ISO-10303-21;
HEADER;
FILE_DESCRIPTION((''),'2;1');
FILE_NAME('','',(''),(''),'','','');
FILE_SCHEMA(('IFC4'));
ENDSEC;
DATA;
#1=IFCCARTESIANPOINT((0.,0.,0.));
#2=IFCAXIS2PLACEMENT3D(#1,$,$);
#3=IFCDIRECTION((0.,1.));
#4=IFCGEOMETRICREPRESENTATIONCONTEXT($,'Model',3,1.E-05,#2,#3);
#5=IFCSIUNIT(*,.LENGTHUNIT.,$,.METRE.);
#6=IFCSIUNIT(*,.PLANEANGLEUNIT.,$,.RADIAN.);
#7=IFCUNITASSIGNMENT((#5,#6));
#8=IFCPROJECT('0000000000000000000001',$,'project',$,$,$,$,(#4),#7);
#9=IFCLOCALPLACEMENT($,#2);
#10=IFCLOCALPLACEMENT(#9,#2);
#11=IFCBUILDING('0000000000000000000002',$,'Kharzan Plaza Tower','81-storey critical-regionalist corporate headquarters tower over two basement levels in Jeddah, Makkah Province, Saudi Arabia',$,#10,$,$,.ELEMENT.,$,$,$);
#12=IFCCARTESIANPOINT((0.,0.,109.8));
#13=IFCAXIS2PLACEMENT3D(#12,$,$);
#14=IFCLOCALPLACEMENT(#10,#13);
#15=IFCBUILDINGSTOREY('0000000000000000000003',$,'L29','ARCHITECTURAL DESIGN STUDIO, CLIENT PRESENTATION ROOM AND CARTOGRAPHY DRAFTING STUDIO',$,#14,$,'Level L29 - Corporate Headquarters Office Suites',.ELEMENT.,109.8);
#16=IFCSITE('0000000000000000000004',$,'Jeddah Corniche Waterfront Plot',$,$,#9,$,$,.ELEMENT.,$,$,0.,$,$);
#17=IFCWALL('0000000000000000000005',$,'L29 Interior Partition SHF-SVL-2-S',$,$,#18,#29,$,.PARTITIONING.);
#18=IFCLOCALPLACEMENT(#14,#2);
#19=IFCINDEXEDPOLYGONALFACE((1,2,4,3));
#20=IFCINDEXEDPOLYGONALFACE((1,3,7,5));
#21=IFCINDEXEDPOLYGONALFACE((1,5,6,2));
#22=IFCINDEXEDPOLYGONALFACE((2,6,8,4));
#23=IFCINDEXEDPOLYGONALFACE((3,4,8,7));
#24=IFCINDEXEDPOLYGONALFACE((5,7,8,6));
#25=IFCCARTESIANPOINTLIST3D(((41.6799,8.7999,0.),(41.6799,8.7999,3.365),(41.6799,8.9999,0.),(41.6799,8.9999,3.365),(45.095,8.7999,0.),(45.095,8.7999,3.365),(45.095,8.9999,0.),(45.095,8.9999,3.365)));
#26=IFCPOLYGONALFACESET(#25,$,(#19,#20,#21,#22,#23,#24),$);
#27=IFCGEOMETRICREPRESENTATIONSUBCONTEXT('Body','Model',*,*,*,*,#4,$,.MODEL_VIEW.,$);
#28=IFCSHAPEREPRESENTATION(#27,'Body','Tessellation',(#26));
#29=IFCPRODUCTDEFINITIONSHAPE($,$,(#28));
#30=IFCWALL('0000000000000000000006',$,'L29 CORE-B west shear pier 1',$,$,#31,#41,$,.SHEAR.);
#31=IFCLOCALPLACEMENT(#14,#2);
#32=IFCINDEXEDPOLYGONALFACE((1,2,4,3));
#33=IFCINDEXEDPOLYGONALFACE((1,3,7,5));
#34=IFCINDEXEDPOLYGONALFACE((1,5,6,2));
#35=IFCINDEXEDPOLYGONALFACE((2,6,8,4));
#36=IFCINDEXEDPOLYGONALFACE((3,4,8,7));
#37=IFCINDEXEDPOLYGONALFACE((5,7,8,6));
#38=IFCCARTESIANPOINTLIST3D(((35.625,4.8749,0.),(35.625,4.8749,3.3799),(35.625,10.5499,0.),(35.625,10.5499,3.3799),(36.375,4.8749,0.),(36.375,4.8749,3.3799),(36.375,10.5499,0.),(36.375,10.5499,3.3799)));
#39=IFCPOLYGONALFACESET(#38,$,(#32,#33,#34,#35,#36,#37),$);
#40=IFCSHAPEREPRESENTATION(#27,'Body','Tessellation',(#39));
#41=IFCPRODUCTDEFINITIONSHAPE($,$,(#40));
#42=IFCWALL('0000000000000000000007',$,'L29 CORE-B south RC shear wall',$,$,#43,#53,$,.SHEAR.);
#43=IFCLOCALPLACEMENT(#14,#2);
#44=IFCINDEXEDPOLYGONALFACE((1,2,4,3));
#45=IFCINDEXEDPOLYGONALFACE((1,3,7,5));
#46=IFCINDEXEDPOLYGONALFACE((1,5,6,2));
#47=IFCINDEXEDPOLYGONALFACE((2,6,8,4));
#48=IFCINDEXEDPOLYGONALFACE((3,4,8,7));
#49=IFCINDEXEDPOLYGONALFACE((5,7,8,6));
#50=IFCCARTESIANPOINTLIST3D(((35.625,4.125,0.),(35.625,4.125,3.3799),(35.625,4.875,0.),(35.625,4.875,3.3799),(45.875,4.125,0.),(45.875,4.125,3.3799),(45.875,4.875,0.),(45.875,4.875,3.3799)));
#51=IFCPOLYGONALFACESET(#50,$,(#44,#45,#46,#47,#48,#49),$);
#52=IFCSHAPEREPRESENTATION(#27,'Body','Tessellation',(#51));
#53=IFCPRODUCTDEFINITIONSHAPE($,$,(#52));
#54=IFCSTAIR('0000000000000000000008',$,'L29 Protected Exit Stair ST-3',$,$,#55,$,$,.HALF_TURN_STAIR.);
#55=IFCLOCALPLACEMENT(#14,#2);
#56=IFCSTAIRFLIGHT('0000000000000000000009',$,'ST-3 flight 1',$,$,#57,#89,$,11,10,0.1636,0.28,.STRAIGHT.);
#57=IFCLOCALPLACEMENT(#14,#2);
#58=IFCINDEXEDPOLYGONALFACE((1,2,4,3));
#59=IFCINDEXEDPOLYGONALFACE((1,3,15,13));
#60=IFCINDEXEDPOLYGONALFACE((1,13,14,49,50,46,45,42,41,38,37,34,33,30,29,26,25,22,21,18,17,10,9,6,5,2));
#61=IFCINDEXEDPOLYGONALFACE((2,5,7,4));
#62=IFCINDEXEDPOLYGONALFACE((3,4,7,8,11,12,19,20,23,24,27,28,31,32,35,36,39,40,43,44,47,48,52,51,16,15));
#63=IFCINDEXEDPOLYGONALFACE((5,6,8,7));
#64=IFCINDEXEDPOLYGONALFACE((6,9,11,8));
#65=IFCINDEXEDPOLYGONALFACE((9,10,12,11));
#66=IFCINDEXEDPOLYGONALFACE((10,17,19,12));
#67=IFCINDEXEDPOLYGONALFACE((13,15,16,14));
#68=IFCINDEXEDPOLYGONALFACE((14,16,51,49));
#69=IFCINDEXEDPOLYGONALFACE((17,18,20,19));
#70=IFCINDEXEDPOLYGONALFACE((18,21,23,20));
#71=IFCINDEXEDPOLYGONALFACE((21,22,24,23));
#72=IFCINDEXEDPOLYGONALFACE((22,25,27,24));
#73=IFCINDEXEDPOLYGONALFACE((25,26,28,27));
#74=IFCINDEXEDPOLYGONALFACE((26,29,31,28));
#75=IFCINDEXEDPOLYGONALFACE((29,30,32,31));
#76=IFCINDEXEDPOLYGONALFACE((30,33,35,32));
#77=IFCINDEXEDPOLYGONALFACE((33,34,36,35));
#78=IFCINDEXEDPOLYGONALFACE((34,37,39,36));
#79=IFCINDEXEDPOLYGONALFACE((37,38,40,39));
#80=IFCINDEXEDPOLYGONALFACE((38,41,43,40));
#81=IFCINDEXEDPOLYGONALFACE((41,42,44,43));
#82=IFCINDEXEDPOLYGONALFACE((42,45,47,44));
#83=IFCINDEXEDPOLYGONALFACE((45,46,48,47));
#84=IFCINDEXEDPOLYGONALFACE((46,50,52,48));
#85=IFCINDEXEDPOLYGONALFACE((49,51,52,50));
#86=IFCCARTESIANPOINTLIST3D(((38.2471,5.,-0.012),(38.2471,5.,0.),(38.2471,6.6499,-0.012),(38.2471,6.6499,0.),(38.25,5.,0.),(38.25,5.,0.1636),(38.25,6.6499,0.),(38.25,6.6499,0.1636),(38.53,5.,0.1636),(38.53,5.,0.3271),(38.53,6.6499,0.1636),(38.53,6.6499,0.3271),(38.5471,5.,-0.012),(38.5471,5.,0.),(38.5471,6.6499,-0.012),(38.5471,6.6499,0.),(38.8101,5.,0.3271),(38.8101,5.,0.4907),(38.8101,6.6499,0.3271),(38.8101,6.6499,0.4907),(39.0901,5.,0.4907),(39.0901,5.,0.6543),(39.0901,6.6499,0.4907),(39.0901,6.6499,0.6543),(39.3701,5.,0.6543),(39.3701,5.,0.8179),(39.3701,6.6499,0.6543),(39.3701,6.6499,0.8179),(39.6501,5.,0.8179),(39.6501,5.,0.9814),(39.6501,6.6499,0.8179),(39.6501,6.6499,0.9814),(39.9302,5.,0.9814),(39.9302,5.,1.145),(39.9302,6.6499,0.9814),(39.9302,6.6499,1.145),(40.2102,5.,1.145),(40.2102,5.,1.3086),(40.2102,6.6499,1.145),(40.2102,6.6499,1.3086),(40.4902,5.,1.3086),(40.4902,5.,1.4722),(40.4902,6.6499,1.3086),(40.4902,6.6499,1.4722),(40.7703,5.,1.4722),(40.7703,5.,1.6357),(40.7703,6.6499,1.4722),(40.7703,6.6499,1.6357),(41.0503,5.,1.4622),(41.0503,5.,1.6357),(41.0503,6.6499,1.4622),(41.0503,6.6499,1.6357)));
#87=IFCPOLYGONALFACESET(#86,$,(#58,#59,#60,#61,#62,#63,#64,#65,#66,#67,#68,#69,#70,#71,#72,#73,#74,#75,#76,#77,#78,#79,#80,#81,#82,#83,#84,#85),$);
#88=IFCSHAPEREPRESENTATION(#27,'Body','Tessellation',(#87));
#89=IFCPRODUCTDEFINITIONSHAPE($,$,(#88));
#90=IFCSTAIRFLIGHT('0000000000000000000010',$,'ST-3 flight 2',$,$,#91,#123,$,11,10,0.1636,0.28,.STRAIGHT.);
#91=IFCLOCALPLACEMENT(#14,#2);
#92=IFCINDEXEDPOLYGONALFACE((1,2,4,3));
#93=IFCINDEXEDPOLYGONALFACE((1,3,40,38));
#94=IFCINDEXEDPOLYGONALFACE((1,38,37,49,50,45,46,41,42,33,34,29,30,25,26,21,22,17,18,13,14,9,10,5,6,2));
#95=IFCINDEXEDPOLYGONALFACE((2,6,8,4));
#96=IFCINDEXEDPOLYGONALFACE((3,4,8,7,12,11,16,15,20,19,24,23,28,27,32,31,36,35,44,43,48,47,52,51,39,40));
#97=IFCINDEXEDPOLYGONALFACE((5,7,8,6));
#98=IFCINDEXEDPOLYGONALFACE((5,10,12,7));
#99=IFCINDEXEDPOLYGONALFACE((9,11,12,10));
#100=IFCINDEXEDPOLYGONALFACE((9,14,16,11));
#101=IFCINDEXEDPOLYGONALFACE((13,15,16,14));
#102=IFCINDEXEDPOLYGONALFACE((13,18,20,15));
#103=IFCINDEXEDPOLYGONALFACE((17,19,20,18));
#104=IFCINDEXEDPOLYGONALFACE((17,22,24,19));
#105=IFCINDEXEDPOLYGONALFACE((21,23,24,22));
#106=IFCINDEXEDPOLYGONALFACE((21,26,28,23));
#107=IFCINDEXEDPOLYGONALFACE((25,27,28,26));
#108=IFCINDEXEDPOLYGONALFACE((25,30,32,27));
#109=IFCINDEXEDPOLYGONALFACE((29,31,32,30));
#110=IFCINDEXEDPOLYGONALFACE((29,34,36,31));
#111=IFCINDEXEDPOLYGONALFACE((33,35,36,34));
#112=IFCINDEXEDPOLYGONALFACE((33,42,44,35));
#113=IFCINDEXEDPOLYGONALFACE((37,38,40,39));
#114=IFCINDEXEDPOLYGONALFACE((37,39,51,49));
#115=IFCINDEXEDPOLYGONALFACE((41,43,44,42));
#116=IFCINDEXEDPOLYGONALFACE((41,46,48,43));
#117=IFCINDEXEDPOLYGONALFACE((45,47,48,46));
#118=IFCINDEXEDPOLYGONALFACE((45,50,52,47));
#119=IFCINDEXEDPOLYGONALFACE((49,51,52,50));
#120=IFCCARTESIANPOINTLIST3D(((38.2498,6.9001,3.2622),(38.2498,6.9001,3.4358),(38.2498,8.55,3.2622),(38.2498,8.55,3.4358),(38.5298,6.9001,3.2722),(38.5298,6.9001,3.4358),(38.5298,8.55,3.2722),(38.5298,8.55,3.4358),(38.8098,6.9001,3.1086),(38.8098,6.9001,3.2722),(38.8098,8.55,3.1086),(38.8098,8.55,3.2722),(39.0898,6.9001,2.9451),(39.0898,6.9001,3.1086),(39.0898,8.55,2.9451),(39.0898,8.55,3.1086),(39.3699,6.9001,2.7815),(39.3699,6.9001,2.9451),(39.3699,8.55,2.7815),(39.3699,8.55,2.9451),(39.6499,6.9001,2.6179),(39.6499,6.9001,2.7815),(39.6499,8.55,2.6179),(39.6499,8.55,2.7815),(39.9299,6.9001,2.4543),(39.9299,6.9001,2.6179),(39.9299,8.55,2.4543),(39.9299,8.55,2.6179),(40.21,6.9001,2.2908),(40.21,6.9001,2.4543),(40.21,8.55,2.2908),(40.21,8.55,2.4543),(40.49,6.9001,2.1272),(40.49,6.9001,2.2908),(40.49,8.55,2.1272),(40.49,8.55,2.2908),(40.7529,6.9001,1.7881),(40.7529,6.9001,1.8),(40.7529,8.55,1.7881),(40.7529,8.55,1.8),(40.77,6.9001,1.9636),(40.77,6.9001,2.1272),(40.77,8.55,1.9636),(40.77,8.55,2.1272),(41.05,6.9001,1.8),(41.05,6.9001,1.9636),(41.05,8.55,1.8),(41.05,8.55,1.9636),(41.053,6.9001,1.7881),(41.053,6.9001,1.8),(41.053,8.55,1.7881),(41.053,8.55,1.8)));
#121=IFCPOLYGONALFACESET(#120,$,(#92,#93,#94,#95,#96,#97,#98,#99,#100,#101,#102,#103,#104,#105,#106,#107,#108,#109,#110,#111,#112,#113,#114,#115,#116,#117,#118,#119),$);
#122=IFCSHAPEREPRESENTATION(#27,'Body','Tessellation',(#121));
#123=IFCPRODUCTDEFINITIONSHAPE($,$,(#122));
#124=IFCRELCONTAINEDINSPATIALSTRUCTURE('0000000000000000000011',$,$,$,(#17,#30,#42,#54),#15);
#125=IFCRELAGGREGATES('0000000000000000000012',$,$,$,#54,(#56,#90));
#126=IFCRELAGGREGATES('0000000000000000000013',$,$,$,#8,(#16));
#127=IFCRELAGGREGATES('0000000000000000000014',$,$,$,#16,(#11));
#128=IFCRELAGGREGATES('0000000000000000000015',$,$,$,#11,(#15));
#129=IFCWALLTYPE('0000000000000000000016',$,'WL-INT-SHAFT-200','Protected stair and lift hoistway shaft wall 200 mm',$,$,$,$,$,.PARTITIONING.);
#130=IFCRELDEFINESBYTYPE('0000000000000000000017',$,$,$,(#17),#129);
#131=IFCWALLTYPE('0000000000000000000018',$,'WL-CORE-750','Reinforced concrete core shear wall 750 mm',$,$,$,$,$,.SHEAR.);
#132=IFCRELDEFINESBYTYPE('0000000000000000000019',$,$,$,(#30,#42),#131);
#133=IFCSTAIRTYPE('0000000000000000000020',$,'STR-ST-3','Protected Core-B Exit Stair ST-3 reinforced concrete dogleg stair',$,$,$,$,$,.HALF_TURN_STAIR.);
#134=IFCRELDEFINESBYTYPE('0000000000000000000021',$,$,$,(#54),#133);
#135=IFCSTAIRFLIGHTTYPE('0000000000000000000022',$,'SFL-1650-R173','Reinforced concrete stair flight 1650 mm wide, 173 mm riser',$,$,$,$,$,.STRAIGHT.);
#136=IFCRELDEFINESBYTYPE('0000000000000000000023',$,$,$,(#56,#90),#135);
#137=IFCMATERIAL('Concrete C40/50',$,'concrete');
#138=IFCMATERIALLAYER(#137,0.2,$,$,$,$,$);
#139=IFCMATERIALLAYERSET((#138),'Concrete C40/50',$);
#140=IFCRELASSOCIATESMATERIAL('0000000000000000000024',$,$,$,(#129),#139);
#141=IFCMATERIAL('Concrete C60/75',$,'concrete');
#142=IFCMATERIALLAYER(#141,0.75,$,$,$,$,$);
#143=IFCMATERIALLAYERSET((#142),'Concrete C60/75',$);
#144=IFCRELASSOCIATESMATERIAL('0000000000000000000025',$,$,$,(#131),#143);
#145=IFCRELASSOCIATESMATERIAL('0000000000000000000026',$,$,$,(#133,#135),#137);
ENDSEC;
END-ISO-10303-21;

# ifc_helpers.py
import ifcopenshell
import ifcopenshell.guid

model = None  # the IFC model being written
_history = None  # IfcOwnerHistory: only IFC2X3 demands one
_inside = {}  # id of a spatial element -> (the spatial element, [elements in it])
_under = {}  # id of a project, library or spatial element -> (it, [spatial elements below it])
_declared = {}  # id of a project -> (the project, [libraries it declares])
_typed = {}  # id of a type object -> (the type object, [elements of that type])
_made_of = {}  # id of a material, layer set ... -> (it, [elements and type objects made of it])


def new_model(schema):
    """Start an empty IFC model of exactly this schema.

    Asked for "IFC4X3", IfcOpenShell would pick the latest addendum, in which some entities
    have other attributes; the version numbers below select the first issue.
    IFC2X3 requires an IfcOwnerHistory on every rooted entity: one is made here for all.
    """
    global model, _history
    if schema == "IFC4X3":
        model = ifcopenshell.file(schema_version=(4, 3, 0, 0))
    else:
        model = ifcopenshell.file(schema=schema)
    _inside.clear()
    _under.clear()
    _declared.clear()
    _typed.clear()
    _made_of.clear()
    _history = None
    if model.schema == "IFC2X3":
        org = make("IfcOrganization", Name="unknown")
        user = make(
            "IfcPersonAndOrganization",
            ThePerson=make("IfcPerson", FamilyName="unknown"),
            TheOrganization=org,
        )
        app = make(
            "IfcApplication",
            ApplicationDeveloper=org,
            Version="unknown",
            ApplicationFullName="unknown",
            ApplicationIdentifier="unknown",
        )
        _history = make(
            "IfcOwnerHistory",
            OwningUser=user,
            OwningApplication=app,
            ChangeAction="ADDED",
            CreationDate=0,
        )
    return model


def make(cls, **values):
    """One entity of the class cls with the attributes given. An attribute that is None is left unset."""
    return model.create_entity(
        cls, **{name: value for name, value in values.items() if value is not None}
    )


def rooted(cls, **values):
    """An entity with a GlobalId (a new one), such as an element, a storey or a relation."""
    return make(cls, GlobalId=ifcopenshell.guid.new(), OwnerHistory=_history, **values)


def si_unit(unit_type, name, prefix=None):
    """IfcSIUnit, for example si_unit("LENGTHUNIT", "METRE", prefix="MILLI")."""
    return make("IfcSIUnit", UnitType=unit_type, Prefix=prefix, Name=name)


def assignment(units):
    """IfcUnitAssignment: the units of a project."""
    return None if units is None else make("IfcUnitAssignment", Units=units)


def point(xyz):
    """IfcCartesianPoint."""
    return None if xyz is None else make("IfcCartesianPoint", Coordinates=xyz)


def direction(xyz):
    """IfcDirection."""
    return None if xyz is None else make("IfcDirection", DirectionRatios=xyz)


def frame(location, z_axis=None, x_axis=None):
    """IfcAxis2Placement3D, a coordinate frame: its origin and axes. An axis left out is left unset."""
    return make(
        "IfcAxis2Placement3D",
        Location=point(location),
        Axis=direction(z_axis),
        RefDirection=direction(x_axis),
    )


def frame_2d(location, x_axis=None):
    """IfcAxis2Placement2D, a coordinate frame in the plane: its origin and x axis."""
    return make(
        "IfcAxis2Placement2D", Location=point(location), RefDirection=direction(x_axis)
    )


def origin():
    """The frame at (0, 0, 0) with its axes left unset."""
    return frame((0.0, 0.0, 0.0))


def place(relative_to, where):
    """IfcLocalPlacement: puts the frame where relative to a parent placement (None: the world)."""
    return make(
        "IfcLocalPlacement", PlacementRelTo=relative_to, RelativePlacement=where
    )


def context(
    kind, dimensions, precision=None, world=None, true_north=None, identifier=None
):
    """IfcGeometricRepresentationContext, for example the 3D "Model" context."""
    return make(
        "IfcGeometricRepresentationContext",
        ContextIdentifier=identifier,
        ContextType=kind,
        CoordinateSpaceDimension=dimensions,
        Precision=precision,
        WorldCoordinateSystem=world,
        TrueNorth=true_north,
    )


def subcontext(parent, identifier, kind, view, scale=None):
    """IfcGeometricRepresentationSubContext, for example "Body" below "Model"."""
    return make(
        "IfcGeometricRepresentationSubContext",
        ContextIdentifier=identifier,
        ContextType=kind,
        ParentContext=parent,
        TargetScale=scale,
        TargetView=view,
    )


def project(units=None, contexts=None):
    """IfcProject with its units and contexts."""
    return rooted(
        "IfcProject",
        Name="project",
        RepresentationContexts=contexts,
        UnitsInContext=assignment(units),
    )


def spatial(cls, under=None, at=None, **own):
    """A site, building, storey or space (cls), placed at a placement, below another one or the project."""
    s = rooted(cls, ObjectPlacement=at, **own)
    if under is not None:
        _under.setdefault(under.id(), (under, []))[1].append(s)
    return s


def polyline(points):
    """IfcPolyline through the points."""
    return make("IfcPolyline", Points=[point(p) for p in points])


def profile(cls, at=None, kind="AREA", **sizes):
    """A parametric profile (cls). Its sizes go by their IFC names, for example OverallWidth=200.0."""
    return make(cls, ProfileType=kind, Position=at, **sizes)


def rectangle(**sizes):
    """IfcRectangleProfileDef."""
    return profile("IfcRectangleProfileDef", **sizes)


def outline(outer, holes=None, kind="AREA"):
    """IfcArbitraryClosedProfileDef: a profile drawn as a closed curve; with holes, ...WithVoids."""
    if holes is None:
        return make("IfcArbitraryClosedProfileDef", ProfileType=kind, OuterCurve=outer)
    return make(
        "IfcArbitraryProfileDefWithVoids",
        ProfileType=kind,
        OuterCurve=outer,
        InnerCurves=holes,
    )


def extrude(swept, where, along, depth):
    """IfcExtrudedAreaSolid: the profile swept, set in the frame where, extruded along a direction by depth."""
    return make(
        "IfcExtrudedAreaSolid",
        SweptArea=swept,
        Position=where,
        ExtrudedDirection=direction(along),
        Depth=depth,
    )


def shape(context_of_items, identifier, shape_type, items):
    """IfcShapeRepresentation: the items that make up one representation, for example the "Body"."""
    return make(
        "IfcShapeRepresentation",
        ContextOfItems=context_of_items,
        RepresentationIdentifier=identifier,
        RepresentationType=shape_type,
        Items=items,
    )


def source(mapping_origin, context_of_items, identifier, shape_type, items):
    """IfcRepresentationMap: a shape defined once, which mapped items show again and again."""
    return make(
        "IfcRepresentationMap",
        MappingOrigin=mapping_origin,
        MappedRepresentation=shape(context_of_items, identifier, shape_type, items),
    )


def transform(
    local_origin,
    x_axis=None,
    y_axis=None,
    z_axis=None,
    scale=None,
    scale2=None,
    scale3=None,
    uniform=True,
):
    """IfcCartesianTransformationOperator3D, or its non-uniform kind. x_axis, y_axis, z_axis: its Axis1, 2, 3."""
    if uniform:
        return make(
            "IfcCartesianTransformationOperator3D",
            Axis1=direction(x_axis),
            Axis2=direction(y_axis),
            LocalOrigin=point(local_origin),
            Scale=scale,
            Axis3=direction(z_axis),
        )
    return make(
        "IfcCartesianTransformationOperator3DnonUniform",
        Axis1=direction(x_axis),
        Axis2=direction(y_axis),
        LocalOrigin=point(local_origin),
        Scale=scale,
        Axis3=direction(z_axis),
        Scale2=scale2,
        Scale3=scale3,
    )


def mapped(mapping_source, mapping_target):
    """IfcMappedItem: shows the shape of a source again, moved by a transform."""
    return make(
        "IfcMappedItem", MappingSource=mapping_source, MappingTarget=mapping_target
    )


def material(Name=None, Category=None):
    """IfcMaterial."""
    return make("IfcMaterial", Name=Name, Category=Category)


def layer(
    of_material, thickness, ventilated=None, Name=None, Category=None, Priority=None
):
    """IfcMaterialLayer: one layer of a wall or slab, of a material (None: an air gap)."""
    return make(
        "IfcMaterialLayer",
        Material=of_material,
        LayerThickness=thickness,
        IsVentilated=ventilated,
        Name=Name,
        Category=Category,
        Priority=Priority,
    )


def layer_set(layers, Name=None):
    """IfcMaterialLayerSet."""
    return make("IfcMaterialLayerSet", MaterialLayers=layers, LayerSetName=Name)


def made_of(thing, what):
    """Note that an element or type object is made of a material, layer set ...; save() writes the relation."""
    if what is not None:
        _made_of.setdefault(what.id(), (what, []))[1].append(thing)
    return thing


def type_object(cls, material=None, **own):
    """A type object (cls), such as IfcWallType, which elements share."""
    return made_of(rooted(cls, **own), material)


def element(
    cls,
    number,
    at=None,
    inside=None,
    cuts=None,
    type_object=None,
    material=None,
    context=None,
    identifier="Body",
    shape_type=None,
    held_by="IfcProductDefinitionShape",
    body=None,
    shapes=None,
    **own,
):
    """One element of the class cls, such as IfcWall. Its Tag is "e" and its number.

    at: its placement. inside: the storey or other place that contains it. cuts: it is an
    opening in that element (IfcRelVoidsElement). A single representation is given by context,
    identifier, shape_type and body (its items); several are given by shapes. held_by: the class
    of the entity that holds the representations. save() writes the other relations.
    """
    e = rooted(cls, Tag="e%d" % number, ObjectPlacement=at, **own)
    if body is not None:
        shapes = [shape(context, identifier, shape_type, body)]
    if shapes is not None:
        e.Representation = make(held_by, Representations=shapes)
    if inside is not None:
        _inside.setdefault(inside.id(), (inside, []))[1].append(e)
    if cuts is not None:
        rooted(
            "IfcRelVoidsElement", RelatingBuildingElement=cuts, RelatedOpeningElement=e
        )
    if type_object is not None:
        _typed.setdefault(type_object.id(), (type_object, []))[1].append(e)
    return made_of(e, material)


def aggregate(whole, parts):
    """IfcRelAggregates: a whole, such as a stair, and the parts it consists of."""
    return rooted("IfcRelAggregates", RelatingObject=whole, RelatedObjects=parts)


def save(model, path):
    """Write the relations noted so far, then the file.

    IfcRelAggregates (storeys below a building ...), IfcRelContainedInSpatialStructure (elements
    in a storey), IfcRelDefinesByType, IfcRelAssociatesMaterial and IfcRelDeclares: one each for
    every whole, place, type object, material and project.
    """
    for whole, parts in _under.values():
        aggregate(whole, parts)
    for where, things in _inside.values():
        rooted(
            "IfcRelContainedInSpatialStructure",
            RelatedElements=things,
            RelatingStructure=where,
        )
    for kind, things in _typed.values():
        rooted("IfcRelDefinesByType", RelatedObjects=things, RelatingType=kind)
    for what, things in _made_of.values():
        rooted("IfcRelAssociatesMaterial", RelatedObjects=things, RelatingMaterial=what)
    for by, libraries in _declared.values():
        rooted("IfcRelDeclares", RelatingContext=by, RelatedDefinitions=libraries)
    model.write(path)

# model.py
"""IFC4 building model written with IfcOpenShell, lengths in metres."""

from ifc_helpers import new_model, si_unit, direction, frame, frame_2d, origin, place, context, subcontext, project, spatial, polyline, rectangle, outline, extrude, source, transform, mapped, material, layer, layer_set, type_object, element, aggregate, save


model = new_model("IFC4")

# Units and contexts
model_context = context("Model", 3, precision=1e-05, world=origin(), true_north=direction((0.0, 1.0)))
body_context = subcontext(model_context, "Body", "Model", "MODEL_VIEW")
ifc_project = project(units=[si_unit("LENGTHUNIT", "METRE"), si_unit("PLANEANGLEUNIT", "RADIAN")], contexts=[model_context])

# Site, building, storey
site_placement = place(None, origin())
site = spatial("IfcSite", under=ifc_project, at=site_placement, Name="Jeddah Corniche Waterfront Plot", CompositionType="ELEMENT", RefElevation=0.0)
building_placement = place(site_placement, origin())
building = spatial("IfcBuilding", under=site, at=building_placement, Name="Kharzan Plaza Tower", Description="81-storey critical-regionalist corporate headquarters tower over two basement levels in Jeddah, Makkah Province, Saudi Arabia", CompositionType="ELEMENT")
storey_placement = place(building_placement, frame((0.0, 0.0, 109.8)))
storey = spatial("IfcBuildingStorey", under=building, at=storey_placement, Name="L29", Description="ARCHITECTURAL DESIGN STUDIO, CLIENT PRESENTATION ROOM AND CARTOGRAPHY DRAFTING STUDIO", LongName="Level L29 - Corporate Headquarters Office Suites", CompositionType="ELEMENT", Elevation=109.8)

# Shared definitions
ifc_material_1 = material(Name="Concrete C60/75", Category="concrete")

# Shared definitions
ifc_material_2 = material(Name="Concrete C40/50", Category="concrete")

# Shared definitions
ifc_layer_1 = layer(ifc_material_2, 0.2)
ifc_layer_set_1 = layer_set([ifc_layer_1], Name="Concrete C40/50")
wall_type_1 = type_object("IfcWallType", Name="WL-INT-SHAFT-200", Description="Protected stair and lift hoistway shaft wall 200 mm", PredefinedType="PARTITIONING", material=ifc_layer_set_1)

# Walls
shared_shape_1 = source(origin(), body_context, "Body", "SweptSolid", [
    extrude(rectangle(XDim=3.415, YDim=0.2, at=frame_2d((1.7075, 0.0))), origin(), (0.0, 0.0, 1.0), 3.365),
])
wall_1_placement = place(storey_placement, frame((41.6799, 8.8999, 0.0), z_axis=(0.0, 0.0, 1.0), x_axis=(1.0, 0.0, 0.0)))
element("IfcWall", 1, at=wall_1_placement, inside=storey, type_object=wall_type_1, Name="L29 Interior Partition SHF-SVL-2-S", PredefinedType="PARTITIONING", context=body_context, shape_type="MappedRepresentation", body=[
    mapped(shared_shape_1, transform((0.0, 0.0, 0.0), x_axis=(1.0, 0.0, 0.0), y_axis=(0.0, 1.0, 0.0), z_axis=(0.0, 0.0, 1.0))),
])
ifc_layer_2 = layer(ifc_material_1, 0.75)
ifc_layer_set_2 = layer_set([ifc_layer_2], Name="Concrete C60/75")
wall_type_2 = type_object("IfcWallType", Name="WL-CORE-750", Description="Reinforced concrete core shear wall 750 mm", PredefinedType="SHEAR", material=ifc_layer_set_2)
shared_shape_2 = source(origin(), body_context, "Body", "SweptSolid", [
    extrude(rectangle(XDim=5.675, YDim=0.75, at=frame_2d((2.8374, 0.0))), origin(), (0.0, 0.0, 1.0), 3.3799),
])
wall_2_placement = place(storey_placement, frame((36.0, 4.875, 0.0), z_axis=(0.0, 0.0, 1.0), x_axis=(0.0, 1.0, 0.0)))
element("IfcWall", 2, at=wall_2_placement, inside=storey, type_object=wall_type_2, Name="L29 CORE-B west shear pier 1", PredefinedType="SHEAR", context=body_context, shape_type="MappedRepresentation", body=[
    mapped(shared_shape_2, transform((0.0, 0.0, 0.0), x_axis=(1.0, 0.0, 0.0), y_axis=(0.0, 1.0, 0.0), z_axis=(0.0, 0.0, 1.0))),
])
shared_shape_3 = source(origin(), body_context, "Body", "SweptSolid", [
    extrude(rectangle(XDim=10.25, YDim=0.75, at=frame_2d((5.125, 0.0))), origin(), (0.0, 0.0, 1.0), 3.3799),
])
wall_3_placement = place(storey_placement, frame((35.625, 4.5, 0.0), z_axis=(0.0, 0.0, 1.0), x_axis=(1.0, 0.0, 0.0)))
element("IfcWall", 3, at=wall_3_placement, inside=storey, type_object=wall_type_2, Name="L29 CORE-B south RC shear wall", PredefinedType="SHEAR", context=body_context, shape_type="MappedRepresentation", body=[
    mapped(shared_shape_3, transform((0.0, 0.0, 0.0), x_axis=(1.0, 0.0, 0.0), y_axis=(0.0, 1.0, 0.0), z_axis=(0.0, 0.0, 1.0))),
])

# Stair, stair flights
stair_type = type_object("IfcStairType", Name="STR-ST-3", Description="Protected Core-B Exit Stair ST-3 reinforced concrete dogleg stair", PredefinedType="HALF_TURN_STAIR", material=ifc_material_2)
stair_placement = place(storey_placement, origin())
stair = element("IfcStair", 4, at=stair_placement, inside=storey, type_object=stair_type, Name="L29 Protected Exit Stair ST-3", PredefinedType="HALF_TURN_STAIR")
stair_flight_type = type_object("IfcStairFlightType", Name="SFL-1650-R173", Description="Reinforced concrete stair flight 1650 mm wide, 173 mm riser", PredefinedType="STRAIGHT", material=ifc_material_2)
shared_shape_4 = source(origin(), body_context, "Body", "SweptSolid", [
    extrude(outline(polyline([(-0.0029, -0.012), (-0.0029, 0.0), (0.0, 0.0), (0.0, 0.1636), (0.28, 0.1636), (0.28, 0.3271), (0.5601, 0.3271), (0.5601, 0.4907), (0.8401, 0.4907), (0.8401, 0.6543), (1.1201, 0.6543), (1.1201, 0.8179), (1.4001, 0.8179), (1.4001, 0.9814), (1.6802, 0.9814), (1.6802, 1.145), (1.9602, 1.145), (1.9602, 1.3086), (2.2402, 1.3086), (2.2402, 1.4722), (2.5203, 1.4722), (2.5203, 1.6357), (2.8003, 1.6357), (2.8003, 1.7993), (2.8003, 1.4622), (0.2971, 0.0), (0.2971, -0.012), (-0.0029, -0.012)])), frame((0.0, 0.825, 0.0), z_axis=(0.0, -1.0, 0.0), x_axis=(1.0, 0.0, 0.0)), (0.0, 0.0, 1.0), 1.6499),
])
stair_flight_1_placement = place(storey_placement, frame((38.25, 5.825, 0.0), z_axis=(0.0, 0.0, 1.0), x_axis=(1.0, 0.0, 0.0)))
stair_flight_1 = element("IfcStairFlight", 5, at=stair_flight_1_placement, type_object=stair_flight_type, Name="ST-3 flight 1", NumberOfRisers=11, NumberOfTreads=10, PredefinedType="STRAIGHT", RiserHeight=0.1636, TreadLength=0.28, context=body_context, shape_type="MappedRepresentation", body=[
    mapped(shared_shape_4, transform((0.0, 0.0, 0.0), x_axis=(1.0, 0.0, 0.0), y_axis=(0.0, 1.0, 0.0), z_axis=(0.0, 0.0, 1.0))),
])
stair_flight_2_placement = place(storey_placement, frame((41.05, 7.7251, 1.8), z_axis=(0.0, 0.0, 1.0), x_axis=(-1.0, 0.0, 0.0)))
stair_flight_2 = element("IfcStairFlight", 6, at=stair_flight_2_placement, type_object=stair_flight_type, Name="ST-3 flight 2", NumberOfRisers=11, NumberOfTreads=10, PredefinedType="STRAIGHT", RiserHeight=0.1636, TreadLength=0.28, context=body_context, shape_type="MappedRepresentation", body=[
    mapped(shared_shape_4, transform((0.0, 0.0, 0.0), x_axis=(1.0, 0.0, 0.0), y_axis=(0.0, 1.0, 0.0), z_axis=(0.0, 0.0, 1.0))),
])
aggregate(stair, [stair_flight_1, stair_flight_2])

save(model, "model.ifc")
